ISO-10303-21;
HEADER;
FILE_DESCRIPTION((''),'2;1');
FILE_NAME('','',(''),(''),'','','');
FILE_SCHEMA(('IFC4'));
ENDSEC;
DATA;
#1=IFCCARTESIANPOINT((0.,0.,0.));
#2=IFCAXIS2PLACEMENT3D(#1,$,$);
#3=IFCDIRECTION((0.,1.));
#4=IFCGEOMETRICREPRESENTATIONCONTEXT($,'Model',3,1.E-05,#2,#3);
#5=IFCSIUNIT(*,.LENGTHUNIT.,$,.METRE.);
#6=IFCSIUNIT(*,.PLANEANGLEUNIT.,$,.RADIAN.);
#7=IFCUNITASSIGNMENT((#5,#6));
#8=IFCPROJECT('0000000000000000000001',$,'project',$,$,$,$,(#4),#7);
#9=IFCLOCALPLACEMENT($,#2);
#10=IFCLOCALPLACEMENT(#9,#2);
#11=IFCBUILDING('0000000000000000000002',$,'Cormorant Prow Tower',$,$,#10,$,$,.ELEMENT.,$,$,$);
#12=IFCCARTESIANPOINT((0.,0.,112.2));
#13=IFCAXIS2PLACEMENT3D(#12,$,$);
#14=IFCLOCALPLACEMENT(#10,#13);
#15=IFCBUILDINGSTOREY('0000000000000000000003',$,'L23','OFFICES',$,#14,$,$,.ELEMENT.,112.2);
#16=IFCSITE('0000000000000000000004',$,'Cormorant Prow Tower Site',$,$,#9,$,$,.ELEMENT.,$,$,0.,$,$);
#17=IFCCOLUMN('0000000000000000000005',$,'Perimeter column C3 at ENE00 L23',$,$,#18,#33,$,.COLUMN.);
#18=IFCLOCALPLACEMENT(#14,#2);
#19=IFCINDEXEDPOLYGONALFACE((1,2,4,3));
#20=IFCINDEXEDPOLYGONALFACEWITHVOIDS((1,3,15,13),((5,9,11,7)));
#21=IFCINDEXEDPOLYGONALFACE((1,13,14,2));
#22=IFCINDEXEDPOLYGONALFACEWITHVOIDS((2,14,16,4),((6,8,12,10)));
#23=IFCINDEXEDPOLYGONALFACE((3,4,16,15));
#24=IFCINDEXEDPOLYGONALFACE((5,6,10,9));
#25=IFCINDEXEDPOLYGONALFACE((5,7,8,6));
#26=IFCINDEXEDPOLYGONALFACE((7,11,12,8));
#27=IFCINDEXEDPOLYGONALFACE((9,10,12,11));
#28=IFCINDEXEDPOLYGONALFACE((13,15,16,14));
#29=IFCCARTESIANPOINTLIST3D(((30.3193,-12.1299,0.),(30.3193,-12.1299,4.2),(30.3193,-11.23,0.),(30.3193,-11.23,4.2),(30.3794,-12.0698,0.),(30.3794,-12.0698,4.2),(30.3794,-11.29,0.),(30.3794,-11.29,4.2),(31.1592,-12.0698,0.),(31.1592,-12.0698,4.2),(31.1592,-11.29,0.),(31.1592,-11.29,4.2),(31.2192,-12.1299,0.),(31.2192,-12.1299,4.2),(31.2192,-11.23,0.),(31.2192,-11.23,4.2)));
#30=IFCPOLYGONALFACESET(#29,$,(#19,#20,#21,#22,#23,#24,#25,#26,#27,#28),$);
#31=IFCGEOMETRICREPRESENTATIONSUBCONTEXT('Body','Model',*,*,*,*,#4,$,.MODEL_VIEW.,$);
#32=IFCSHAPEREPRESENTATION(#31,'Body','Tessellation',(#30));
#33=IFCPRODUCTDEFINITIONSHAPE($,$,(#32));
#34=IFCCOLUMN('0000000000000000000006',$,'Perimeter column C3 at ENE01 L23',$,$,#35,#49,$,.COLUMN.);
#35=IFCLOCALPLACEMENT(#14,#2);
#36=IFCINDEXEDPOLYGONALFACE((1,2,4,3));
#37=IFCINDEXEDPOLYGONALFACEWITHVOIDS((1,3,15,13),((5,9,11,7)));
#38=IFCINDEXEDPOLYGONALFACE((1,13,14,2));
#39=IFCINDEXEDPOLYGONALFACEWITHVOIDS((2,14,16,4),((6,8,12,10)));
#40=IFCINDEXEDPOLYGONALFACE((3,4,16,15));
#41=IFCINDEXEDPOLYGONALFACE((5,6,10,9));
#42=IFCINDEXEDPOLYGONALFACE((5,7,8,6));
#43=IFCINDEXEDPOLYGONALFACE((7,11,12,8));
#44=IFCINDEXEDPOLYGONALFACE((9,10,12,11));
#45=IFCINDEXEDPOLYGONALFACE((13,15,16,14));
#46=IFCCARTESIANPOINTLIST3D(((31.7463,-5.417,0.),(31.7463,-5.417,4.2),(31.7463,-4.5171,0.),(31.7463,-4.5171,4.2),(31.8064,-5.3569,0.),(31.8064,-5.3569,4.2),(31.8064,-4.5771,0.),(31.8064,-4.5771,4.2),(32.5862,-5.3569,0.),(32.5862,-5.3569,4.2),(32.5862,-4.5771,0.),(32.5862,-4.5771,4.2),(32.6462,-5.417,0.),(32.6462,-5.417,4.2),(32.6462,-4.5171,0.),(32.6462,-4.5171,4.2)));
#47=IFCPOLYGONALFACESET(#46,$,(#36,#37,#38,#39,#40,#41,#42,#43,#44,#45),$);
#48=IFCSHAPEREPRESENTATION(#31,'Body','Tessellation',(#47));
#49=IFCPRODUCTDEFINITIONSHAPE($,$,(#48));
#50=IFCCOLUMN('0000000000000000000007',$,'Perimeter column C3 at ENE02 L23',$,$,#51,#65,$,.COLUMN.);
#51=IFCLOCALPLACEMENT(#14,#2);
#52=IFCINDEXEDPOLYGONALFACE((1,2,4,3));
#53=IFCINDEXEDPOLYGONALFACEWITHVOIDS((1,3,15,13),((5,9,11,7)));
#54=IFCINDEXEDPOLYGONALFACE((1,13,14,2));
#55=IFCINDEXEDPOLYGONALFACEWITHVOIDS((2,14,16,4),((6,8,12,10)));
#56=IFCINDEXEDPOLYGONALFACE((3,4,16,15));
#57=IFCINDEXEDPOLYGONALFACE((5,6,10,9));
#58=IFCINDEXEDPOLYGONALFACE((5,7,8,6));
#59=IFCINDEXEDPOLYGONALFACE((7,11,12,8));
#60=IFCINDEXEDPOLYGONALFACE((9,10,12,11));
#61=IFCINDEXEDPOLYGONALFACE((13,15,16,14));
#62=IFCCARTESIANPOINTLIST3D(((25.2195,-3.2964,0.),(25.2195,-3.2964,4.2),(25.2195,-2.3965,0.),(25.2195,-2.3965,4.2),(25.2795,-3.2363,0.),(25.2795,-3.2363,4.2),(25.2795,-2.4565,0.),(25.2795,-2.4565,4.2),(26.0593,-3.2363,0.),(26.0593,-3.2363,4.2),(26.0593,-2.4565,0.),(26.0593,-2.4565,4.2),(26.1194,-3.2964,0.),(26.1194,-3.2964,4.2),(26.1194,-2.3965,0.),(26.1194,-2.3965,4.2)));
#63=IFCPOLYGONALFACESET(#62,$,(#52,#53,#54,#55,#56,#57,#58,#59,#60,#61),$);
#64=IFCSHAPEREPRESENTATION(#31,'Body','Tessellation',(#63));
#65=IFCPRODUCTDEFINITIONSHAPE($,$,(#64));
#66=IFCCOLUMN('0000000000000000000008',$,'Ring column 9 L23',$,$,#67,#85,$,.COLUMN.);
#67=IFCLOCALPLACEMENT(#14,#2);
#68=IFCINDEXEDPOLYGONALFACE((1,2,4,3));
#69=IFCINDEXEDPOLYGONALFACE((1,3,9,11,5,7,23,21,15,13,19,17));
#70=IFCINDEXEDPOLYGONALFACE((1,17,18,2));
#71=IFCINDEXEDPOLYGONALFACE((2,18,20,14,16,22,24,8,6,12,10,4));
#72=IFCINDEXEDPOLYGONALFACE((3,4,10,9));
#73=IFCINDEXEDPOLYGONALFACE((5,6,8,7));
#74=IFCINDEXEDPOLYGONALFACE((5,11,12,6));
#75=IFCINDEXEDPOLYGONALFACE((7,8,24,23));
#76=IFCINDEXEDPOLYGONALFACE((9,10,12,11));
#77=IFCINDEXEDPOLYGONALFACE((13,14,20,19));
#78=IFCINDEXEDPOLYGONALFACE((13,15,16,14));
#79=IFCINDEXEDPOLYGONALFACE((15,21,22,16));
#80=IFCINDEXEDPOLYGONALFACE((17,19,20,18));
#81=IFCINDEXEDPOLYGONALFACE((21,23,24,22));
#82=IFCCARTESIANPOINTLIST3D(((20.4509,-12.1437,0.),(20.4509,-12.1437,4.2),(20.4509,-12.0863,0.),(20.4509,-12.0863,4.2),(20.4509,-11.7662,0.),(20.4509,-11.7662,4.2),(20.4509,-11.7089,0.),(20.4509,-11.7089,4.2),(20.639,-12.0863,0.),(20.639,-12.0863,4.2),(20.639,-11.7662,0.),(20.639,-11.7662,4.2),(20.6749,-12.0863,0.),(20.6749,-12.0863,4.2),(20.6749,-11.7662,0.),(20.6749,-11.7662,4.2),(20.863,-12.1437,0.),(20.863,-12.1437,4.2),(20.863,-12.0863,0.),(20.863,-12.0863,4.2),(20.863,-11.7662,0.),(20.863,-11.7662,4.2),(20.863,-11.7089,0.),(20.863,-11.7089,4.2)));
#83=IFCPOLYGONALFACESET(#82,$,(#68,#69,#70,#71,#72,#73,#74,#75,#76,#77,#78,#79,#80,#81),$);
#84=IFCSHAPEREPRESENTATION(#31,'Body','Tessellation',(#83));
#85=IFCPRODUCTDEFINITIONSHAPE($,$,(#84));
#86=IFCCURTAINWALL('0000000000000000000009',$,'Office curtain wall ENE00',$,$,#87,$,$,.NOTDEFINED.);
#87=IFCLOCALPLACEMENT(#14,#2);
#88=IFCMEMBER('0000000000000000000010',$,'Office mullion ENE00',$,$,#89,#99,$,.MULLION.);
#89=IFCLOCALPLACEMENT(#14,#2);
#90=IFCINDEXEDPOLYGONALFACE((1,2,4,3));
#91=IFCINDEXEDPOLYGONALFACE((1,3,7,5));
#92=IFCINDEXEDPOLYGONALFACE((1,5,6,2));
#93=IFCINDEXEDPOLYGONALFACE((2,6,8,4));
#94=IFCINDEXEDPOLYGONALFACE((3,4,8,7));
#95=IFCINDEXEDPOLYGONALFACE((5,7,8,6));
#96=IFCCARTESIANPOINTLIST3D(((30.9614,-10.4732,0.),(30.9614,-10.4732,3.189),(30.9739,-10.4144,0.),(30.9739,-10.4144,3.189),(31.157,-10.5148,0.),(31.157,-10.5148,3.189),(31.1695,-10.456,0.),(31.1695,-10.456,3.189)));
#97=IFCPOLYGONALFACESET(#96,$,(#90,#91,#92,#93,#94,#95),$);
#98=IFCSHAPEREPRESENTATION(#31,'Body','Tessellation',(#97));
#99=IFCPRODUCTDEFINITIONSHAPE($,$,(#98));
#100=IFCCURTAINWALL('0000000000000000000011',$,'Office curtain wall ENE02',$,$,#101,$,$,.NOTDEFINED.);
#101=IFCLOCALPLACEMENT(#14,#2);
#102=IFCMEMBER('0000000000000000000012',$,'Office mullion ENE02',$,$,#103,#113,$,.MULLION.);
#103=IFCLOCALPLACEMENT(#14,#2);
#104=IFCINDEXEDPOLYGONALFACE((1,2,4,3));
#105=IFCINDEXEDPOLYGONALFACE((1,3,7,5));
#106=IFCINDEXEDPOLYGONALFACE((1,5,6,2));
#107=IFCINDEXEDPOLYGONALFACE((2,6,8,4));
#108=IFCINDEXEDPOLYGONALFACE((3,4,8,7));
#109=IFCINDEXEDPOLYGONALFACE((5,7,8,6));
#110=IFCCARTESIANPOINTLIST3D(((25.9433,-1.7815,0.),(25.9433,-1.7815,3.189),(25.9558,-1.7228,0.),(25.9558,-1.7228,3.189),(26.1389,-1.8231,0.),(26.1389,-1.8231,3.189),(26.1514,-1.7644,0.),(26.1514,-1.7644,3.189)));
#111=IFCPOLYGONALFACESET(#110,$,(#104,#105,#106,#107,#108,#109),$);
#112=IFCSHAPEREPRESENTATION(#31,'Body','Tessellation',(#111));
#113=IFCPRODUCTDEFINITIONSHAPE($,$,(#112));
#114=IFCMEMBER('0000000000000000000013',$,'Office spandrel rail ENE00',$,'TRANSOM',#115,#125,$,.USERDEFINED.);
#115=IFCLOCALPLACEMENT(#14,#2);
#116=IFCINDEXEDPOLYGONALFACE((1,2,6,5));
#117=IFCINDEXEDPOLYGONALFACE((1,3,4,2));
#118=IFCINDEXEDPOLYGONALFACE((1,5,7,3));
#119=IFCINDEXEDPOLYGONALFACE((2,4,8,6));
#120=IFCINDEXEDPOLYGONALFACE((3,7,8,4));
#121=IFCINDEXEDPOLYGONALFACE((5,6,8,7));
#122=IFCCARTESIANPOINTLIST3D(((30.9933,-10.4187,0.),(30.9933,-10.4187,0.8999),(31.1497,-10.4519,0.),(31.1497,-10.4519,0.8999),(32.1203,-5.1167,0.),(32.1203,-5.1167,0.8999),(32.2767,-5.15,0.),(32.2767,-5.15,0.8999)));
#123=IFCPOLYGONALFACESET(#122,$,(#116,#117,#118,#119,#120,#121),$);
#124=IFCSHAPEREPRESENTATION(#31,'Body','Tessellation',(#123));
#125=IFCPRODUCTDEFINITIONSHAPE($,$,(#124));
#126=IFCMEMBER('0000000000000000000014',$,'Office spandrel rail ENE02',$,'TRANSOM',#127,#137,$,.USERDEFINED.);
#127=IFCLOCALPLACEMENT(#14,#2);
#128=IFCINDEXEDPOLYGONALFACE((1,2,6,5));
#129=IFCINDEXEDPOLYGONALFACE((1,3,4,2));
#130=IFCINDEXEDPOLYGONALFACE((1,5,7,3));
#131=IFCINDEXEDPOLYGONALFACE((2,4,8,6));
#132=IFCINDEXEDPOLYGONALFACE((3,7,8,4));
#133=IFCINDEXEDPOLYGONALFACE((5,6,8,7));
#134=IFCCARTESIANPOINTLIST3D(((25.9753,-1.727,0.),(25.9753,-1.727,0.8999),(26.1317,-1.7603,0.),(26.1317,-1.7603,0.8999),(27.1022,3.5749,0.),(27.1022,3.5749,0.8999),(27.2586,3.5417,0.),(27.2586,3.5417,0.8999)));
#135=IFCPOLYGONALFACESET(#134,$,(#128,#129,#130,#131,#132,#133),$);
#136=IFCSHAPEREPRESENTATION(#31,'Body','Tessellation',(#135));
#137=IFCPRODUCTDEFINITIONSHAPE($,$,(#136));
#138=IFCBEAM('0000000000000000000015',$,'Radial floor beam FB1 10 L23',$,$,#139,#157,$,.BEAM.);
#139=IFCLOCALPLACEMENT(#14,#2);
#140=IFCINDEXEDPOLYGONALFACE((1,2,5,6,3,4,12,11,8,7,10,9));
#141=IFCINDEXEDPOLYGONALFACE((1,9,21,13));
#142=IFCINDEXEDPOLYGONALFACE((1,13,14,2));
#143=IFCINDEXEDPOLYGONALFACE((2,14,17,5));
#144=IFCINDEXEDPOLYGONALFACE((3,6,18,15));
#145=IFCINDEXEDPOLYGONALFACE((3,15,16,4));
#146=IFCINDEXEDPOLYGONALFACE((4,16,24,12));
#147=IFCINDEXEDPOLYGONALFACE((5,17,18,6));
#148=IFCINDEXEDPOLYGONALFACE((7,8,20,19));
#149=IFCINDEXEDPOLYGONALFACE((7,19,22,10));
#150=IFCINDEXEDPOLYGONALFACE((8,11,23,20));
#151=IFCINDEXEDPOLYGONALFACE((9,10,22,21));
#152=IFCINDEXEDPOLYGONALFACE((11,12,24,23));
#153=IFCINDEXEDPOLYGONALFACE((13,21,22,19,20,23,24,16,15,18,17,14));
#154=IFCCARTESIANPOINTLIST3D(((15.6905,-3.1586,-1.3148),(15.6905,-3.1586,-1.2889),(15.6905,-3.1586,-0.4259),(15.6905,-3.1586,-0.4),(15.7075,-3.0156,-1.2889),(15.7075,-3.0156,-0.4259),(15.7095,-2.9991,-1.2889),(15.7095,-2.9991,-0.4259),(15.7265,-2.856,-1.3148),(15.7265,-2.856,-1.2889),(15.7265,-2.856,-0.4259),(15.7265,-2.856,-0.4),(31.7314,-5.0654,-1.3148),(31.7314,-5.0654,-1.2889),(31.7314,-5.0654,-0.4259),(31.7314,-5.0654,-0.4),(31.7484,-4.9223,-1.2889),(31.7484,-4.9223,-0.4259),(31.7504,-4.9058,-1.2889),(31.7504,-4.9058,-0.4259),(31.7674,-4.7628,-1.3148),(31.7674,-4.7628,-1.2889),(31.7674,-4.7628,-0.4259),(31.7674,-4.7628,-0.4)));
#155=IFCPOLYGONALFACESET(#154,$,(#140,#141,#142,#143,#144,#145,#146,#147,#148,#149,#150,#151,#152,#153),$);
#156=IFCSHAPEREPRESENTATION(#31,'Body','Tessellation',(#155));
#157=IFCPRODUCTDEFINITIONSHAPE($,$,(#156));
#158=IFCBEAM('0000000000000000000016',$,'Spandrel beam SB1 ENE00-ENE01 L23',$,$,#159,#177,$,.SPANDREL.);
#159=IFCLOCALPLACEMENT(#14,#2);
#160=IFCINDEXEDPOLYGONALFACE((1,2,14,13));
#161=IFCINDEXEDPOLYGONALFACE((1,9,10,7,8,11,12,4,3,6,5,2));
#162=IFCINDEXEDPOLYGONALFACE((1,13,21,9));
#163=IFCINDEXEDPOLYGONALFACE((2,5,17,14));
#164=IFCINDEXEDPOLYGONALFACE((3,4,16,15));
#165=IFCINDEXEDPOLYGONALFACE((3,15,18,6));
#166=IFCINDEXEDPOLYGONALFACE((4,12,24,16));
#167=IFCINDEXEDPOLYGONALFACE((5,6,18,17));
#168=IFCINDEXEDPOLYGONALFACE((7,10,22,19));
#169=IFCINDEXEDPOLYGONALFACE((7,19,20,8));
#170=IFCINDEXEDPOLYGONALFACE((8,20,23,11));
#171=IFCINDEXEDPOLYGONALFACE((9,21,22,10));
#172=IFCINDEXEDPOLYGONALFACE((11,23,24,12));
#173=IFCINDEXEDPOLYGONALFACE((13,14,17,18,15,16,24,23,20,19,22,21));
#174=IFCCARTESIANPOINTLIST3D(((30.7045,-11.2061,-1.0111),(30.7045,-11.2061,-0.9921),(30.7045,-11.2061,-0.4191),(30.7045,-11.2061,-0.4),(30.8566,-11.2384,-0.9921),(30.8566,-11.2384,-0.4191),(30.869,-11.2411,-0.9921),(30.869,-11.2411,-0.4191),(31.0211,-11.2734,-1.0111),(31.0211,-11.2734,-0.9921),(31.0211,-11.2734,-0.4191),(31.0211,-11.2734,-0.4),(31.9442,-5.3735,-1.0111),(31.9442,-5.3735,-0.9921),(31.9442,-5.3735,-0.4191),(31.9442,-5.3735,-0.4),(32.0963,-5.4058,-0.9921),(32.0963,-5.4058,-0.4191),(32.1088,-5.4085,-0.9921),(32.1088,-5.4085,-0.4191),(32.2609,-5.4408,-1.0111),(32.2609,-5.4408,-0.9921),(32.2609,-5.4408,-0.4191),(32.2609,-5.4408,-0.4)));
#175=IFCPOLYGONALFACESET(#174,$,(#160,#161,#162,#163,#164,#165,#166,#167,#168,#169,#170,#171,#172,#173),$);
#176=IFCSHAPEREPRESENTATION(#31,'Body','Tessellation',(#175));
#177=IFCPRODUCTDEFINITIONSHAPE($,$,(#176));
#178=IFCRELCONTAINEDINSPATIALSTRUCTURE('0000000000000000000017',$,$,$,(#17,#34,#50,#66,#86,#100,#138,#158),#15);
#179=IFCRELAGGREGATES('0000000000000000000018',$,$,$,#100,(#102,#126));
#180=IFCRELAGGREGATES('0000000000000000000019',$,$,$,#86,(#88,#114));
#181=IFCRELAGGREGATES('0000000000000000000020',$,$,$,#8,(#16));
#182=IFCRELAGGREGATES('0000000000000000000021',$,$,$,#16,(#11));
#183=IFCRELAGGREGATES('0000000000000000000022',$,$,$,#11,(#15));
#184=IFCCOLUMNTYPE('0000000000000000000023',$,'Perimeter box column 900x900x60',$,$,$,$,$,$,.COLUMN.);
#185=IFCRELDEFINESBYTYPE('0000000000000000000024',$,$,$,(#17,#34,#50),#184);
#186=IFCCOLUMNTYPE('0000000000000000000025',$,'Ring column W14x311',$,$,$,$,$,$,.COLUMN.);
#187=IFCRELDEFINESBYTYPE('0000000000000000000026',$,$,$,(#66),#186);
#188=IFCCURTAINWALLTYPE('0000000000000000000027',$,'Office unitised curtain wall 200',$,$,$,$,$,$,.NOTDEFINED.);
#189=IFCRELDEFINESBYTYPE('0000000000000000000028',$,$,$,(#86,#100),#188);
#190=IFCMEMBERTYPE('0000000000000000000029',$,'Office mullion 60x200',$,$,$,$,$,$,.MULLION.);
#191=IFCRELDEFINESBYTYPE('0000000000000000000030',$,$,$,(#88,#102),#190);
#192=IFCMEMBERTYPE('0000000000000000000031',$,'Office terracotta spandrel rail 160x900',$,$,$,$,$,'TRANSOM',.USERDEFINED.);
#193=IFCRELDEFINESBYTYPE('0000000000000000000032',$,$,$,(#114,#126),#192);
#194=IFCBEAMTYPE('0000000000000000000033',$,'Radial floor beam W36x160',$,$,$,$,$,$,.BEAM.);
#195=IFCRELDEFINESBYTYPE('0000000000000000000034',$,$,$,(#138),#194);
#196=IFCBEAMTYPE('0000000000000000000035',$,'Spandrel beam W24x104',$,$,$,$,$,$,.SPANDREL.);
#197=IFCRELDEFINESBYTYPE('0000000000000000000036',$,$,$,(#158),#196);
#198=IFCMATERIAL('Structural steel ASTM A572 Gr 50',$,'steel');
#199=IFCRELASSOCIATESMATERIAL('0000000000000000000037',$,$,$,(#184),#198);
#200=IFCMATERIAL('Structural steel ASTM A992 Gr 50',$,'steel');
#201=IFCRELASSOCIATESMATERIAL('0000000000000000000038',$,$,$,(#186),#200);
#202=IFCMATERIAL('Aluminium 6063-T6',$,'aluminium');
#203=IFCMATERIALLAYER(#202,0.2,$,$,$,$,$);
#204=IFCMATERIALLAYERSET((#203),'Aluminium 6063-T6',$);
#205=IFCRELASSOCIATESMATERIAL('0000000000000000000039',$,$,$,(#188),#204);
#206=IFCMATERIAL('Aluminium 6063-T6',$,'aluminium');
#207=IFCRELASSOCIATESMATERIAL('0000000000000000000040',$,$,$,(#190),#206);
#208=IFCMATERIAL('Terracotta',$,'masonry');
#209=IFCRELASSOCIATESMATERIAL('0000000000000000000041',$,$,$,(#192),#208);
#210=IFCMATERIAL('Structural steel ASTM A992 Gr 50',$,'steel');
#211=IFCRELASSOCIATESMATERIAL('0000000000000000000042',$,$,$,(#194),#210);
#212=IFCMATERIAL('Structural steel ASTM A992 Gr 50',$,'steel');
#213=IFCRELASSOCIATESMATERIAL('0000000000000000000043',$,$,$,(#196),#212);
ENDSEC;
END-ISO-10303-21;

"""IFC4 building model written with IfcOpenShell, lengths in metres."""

from ifc_helpers import new_model, si_unit, direction, frame, origin, origin_2d, place, context, subcontext, project, spatial, rectangle, hollow_rectangle, i_section, extrude, material, layer, layer_set, material_profile, profile_set, type_object, element, aggregate, save


model = new_model("IFC4")

# Units and contexts
model_context = context("Model", 3, precision=1e-05, world=origin(), true_north=direction((0.0, 1.0)))
body_context = subcontext(model_context, "Body", "Model", "MODEL_VIEW")
ifc_project = project(units=[si_unit("LENGTHUNIT", "METRE"), si_unit("PLANEANGLEUNIT", "RADIAN")], contexts=[model_context])

# Site, building, storey
site_placement = place(None, origin())
site = spatial("IfcSite", under=ifc_project, at=site_placement, Name="Cormorant Prow Tower Site", CompositionType="ELEMENT", RefElevation=0.0)
building_placement = place(site_placement, origin())
building = spatial("IfcBuilding", under=site, at=building_placement, Name="Cormorant Prow Tower", CompositionType="ELEMENT")
storey_placement = place(building_placement, frame((0.0, 0.0, 112.2)))
storey = spatial("IfcBuildingStorey", under=building, at=storey_placement, Name="L23", Description="OFFICES", CompositionType="ELEMENT", Elevation=112.2)

# Columns
ifc_material_1 = material(Name="Structural steel ASTM A572 Gr 50", Category="steel")
ifc_material_profile_1 = material_profile(ifc_material_1, hollow_rectangle(XDim=0.8999, YDim=0.8999, WallThickness=0.0601, at=origin_2d()), Name="Box 900x900x60")
ifc_profile_set_1 = profile_set([ifc_material_profile_1], Name="Structural steel ASTM A572 Gr 50")
column_type_1 = type_object("IfcColumnType", Name="Perimeter box column 900x900x60", PredefinedType="COLUMN", material=ifc_profile_set_1)
for number, where, z_axis, x_axis, name in (
    (1, (30.7693, -11.6799, 0.0), (0.0, 0.0, 1.0), (1.0, 0.0, 0.0), "Perimeter column C3 at ENE00 L23"),
    (2, (32.1963, -4.967, 0.0), (0.0, 0.0, 1.0), (1.0, 0.0, 0.0), "Perimeter column C3 at ENE01 L23"),
    (3, (25.6694, -2.8464, 0.0), (0.0, 0.0, 1.0), (1.0, 0.0, 0.0), "Perimeter column C3 at ENE02 L23"),
):
    element("IfcColumn", number, at=place(storey_placement, frame(where, z_axis=z_axis, x_axis=x_axis)), inside=storey, type_object=column_type_1, Name=name, PredefinedType="COLUMN", context=body_context, shape_type="SweptSolid", body=[
        extrude(hollow_rectangle(XDim=0.8999, YDim=0.8999, WallThickness=0.0601, at=origin_2d()), origin(), (0.0, 0.0, 1.0), 4.2),
    ])
ifc_material_2 = material(Name="Structural steel ASTM A992 Gr 50", Category="steel")
ifc_material_profile_2 = material_profile(ifc_material_2, i_section(OverallWidth=0.4121, OverallDepth=0.4348, WebThickness=0.0359, FlangeThickness=0.0574, at=origin_2d()), Name="W14x311")
ifc_profile_set_2 = profile_set([ifc_material_profile_2], Name="Structural steel ASTM A992 Gr 50")
column_type_2 = type_object("IfcColumnType", Name="Ring column W14x311", PredefinedType="COLUMN", material=ifc_profile_set_2)
column_placement = place(storey_placement, frame((20.657, -11.9263, 0.0), z_axis=(0.0, 0.0, 1.0), x_axis=(1.0, 0.0, 0.0)))
element("IfcColumn", 4, at=column_placement, inside=storey, type_object=column_type_2, Name="Ring column 9 L23", PredefinedType="COLUMN", context=body_context, shape_type="SweptSolid", body=[
    extrude(i_section(OverallWidth=0.4121, OverallDepth=0.4348, WebThickness=0.0359, FlangeThickness=0.0574, at=origin_2d()), origin(), (0.0, 0.0, 1.0), 4.2),
])

# Curtain walls, members
ifc_material_3 = material(Name="Aluminium 6063-T6", Category="aluminium")
ifc_layer_1 = layer(ifc_material_3, 0.2)
ifc_layer_set_1 = layer_set([ifc_layer_1], Name="Aluminium 6063-T6")
curtain_wall_type = type_object("IfcCurtainWallType", Name="Office unitised curtain wall 200", PredefinedType="NOTDEFINED", material=ifc_layer_set_1)
curtain_wall_1_placement = place(storey_placement, origin())
curtain_wall_1 = element("IfcCurtainWall", 5, at=curtain_wall_1_placement, inside=storey, type_object=curtain_wall_type, Name="Office curtain wall ENE00", PredefinedType="NOTDEFINED")
ifc_material_4 = material(Name="Aluminium 6063-T6", Category="aluminium")
ifc_material_profile_3 = material_profile(ifc_material_4, rectangle(XDim=0.2, YDim=0.0601, at=origin_2d()), Name="Office mullion 60x200")
ifc_profile_set_3 = profile_set([ifc_material_profile_3], Name="Aluminium 6063-T6")
member_type_1 = type_object("IfcMemberType", Name="Office mullion 60x200", PredefinedType="MULLION", material=ifc_profile_set_3)
member_1_placement = place(storey_placement, frame((31.0654, -10.4646, 0.0), z_axis=(0.0, 0.0, 1.0), x_axis=(-0.978148, 0.207912, 0.0)))
member_1 = element("IfcMember", 6, at=member_1_placement, type_object=member_type_1, Name="Office mullion ENE00", PredefinedType="MULLION", context=body_context, shape_type="SweptSolid", body=[
    extrude(rectangle(XDim=0.2, YDim=0.0601, at=origin_2d()), origin(), (0.0, 0.0, 1.0), 3.189),
])
curtain_wall_2_placement = place(storey_placement, origin())
curtain_wall_2 = element("IfcCurtainWall", 7, at=curtain_wall_2_placement, inside=storey, type_object=curtain_wall_type, Name="Office curtain wall ENE02", PredefinedType="NOTDEFINED")
member_2_placement = place(storey_placement, frame((26.0474, -1.7729, 0.0), z_axis=(0.0, 0.0, 1.0), x_axis=(-0.978148, 0.207912, 0.0)))
member_2 = element("IfcMember", 8, at=member_2_placement, type_object=member_type_1, Name="Office mullion ENE02", PredefinedType="MULLION", context=body_context, shape_type="SweptSolid", body=[
    extrude(rectangle(XDim=0.2, YDim=0.0601, at=origin_2d()), origin(), (0.0, 0.0, 1.0), 3.189),
])

# Members
ifc_material_5 = material(Name="Terracotta", Category="masonry")
ifc_material_profile_4 = material_profile(ifc_material_5, rectangle(XDim=0.1599, YDim=0.8999, at=origin_2d()), Name="Office terracotta spandrel rail 160x900")
ifc_profile_set_4 = profile_set([ifc_material_profile_4], Name="Terracotta")
member_type_2 = type_object("IfcMemberType", Name="Office terracotta spandrel rail 160x900", ElementType="TRANSOM", PredefinedType="USERDEFINED", material=ifc_profile_set_4)
member_3_placement = place(storey_placement, frame((31.0715, -10.4353, 0.45), z_axis=(0.207908, 0.978148, 0.0), x_axis=(-0.978148, 0.207908, 0.0)))
member_3 = element("IfcMember", 9, at=member_3_placement, type_object=member_type_2, Name="Office spandrel rail ENE00", ObjectType="TRANSOM", PredefinedType="USERDEFINED", context=body_context, shape_type="SweptSolid", body=[
    extrude(rectangle(XDim=0.1599, YDim=0.8999, at=origin_2d()), origin(), (0.0, 0.0, 1.0), 5.4204),
])
member_4_placement = place(storey_placement, frame((26.0535, -1.7437, 0.45), z_axis=(0.207908, 0.978148, 0.0), x_axis=(-0.978148, 0.207908, 0.0)))
member_4 = element("IfcMember", 10, at=member_4_placement, type_object=member_type_2, Name="Office spandrel rail ENE02", ObjectType="TRANSOM", PredefinedType="USERDEFINED", context=body_context, shape_type="SweptSolid", body=[
    extrude(rectangle(XDim=0.1599, YDim=0.8999, at=origin_2d()), origin(), (0.0, 0.0, 1.0), 5.4204),
])
aggregate(curtain_wall_2, [member_2, member_4])

# Beams
ifc_material_6 = material(Name="Structural steel ASTM A992 Gr 50", Category="steel")
ifc_material_profile_5 = material_profile(ifc_material_6, i_section(OverallWidth=0.3047, OverallDepth=0.9148, WebThickness=0.0166, FlangeThickness=0.0259, at=origin_2d()), Name="W36x160")
ifc_profile_set_5 = profile_set([ifc_material_profile_5], Name="Structural steel ASTM A992 Gr 50")
beam_type_1 = type_object("IfcBeamType", Name="Radial floor beam W36x160", PredefinedType="BEAM", material=ifc_profile_set_5)
beam_1_placement = place(storey_placement, frame((15.7085, -3.0073, -0.8574), z_axis=(0.993009, -0.118037, 0.0), x_axis=(0.118037, 0.993009, 0.0)))
element("IfcBeam", 11, at=beam_1_placement, inside=storey, type_object=beam_type_1, Name="Radial floor beam FB1 10 L23", PredefinedType="BEAM", context=body_context, shape_type="SweptSolid", body=[
    extrude(i_section(OverallWidth=0.3047, OverallDepth=0.9148, WebThickness=0.0166, FlangeThickness=0.0259, at=origin_2d()), origin(), (0.0, 0.0, 1.0), 16.1538),
])
ifc_material_7 = material(Name="Structural steel ASTM A992 Gr 50", Category="steel")
ifc_material_profile_6 = material_profile(ifc_material_7, i_section(OverallWidth=0.3237, OverallDepth=0.6111, WebThickness=0.0127, FlangeThickness=0.019, at=origin_2d()), Name="W24x104")
ifc_profile_set_6 = profile_set([ifc_material_profile_6], Name="Structural steel ASTM A992 Gr 50")
beam_type_2 = type_object("IfcBeamType", Name="Spandrel beam W24x104", PredefinedType="SPANDREL", material=ifc_profile_set_6)
beam_2_placement = place(storey_placement, frame((30.8628, -11.2397, -0.7056), z_axis=(0.207913, 0.978147, 0.0), x_axis=(-0.978147, 0.207913, 0.0)))
element("IfcBeam", 12, at=beam_2_placement, inside=storey, type_object=beam_type_2, Name="Spandrel beam SB1 ENE00-ENE01 L23", PredefinedType="SPANDREL", context=body_context, shape_type="SweptSolid", body=[
    extrude(i_section(OverallWidth=0.3237, OverallDepth=0.6111, WebThickness=0.0127, FlangeThickness=0.019, at=origin_2d()), origin(), (0.0, 0.0, 1.0), 5.9629),
])

aggregate(curtain_wall_1, [member_1, member_3])

save(model, "model.ifc")
